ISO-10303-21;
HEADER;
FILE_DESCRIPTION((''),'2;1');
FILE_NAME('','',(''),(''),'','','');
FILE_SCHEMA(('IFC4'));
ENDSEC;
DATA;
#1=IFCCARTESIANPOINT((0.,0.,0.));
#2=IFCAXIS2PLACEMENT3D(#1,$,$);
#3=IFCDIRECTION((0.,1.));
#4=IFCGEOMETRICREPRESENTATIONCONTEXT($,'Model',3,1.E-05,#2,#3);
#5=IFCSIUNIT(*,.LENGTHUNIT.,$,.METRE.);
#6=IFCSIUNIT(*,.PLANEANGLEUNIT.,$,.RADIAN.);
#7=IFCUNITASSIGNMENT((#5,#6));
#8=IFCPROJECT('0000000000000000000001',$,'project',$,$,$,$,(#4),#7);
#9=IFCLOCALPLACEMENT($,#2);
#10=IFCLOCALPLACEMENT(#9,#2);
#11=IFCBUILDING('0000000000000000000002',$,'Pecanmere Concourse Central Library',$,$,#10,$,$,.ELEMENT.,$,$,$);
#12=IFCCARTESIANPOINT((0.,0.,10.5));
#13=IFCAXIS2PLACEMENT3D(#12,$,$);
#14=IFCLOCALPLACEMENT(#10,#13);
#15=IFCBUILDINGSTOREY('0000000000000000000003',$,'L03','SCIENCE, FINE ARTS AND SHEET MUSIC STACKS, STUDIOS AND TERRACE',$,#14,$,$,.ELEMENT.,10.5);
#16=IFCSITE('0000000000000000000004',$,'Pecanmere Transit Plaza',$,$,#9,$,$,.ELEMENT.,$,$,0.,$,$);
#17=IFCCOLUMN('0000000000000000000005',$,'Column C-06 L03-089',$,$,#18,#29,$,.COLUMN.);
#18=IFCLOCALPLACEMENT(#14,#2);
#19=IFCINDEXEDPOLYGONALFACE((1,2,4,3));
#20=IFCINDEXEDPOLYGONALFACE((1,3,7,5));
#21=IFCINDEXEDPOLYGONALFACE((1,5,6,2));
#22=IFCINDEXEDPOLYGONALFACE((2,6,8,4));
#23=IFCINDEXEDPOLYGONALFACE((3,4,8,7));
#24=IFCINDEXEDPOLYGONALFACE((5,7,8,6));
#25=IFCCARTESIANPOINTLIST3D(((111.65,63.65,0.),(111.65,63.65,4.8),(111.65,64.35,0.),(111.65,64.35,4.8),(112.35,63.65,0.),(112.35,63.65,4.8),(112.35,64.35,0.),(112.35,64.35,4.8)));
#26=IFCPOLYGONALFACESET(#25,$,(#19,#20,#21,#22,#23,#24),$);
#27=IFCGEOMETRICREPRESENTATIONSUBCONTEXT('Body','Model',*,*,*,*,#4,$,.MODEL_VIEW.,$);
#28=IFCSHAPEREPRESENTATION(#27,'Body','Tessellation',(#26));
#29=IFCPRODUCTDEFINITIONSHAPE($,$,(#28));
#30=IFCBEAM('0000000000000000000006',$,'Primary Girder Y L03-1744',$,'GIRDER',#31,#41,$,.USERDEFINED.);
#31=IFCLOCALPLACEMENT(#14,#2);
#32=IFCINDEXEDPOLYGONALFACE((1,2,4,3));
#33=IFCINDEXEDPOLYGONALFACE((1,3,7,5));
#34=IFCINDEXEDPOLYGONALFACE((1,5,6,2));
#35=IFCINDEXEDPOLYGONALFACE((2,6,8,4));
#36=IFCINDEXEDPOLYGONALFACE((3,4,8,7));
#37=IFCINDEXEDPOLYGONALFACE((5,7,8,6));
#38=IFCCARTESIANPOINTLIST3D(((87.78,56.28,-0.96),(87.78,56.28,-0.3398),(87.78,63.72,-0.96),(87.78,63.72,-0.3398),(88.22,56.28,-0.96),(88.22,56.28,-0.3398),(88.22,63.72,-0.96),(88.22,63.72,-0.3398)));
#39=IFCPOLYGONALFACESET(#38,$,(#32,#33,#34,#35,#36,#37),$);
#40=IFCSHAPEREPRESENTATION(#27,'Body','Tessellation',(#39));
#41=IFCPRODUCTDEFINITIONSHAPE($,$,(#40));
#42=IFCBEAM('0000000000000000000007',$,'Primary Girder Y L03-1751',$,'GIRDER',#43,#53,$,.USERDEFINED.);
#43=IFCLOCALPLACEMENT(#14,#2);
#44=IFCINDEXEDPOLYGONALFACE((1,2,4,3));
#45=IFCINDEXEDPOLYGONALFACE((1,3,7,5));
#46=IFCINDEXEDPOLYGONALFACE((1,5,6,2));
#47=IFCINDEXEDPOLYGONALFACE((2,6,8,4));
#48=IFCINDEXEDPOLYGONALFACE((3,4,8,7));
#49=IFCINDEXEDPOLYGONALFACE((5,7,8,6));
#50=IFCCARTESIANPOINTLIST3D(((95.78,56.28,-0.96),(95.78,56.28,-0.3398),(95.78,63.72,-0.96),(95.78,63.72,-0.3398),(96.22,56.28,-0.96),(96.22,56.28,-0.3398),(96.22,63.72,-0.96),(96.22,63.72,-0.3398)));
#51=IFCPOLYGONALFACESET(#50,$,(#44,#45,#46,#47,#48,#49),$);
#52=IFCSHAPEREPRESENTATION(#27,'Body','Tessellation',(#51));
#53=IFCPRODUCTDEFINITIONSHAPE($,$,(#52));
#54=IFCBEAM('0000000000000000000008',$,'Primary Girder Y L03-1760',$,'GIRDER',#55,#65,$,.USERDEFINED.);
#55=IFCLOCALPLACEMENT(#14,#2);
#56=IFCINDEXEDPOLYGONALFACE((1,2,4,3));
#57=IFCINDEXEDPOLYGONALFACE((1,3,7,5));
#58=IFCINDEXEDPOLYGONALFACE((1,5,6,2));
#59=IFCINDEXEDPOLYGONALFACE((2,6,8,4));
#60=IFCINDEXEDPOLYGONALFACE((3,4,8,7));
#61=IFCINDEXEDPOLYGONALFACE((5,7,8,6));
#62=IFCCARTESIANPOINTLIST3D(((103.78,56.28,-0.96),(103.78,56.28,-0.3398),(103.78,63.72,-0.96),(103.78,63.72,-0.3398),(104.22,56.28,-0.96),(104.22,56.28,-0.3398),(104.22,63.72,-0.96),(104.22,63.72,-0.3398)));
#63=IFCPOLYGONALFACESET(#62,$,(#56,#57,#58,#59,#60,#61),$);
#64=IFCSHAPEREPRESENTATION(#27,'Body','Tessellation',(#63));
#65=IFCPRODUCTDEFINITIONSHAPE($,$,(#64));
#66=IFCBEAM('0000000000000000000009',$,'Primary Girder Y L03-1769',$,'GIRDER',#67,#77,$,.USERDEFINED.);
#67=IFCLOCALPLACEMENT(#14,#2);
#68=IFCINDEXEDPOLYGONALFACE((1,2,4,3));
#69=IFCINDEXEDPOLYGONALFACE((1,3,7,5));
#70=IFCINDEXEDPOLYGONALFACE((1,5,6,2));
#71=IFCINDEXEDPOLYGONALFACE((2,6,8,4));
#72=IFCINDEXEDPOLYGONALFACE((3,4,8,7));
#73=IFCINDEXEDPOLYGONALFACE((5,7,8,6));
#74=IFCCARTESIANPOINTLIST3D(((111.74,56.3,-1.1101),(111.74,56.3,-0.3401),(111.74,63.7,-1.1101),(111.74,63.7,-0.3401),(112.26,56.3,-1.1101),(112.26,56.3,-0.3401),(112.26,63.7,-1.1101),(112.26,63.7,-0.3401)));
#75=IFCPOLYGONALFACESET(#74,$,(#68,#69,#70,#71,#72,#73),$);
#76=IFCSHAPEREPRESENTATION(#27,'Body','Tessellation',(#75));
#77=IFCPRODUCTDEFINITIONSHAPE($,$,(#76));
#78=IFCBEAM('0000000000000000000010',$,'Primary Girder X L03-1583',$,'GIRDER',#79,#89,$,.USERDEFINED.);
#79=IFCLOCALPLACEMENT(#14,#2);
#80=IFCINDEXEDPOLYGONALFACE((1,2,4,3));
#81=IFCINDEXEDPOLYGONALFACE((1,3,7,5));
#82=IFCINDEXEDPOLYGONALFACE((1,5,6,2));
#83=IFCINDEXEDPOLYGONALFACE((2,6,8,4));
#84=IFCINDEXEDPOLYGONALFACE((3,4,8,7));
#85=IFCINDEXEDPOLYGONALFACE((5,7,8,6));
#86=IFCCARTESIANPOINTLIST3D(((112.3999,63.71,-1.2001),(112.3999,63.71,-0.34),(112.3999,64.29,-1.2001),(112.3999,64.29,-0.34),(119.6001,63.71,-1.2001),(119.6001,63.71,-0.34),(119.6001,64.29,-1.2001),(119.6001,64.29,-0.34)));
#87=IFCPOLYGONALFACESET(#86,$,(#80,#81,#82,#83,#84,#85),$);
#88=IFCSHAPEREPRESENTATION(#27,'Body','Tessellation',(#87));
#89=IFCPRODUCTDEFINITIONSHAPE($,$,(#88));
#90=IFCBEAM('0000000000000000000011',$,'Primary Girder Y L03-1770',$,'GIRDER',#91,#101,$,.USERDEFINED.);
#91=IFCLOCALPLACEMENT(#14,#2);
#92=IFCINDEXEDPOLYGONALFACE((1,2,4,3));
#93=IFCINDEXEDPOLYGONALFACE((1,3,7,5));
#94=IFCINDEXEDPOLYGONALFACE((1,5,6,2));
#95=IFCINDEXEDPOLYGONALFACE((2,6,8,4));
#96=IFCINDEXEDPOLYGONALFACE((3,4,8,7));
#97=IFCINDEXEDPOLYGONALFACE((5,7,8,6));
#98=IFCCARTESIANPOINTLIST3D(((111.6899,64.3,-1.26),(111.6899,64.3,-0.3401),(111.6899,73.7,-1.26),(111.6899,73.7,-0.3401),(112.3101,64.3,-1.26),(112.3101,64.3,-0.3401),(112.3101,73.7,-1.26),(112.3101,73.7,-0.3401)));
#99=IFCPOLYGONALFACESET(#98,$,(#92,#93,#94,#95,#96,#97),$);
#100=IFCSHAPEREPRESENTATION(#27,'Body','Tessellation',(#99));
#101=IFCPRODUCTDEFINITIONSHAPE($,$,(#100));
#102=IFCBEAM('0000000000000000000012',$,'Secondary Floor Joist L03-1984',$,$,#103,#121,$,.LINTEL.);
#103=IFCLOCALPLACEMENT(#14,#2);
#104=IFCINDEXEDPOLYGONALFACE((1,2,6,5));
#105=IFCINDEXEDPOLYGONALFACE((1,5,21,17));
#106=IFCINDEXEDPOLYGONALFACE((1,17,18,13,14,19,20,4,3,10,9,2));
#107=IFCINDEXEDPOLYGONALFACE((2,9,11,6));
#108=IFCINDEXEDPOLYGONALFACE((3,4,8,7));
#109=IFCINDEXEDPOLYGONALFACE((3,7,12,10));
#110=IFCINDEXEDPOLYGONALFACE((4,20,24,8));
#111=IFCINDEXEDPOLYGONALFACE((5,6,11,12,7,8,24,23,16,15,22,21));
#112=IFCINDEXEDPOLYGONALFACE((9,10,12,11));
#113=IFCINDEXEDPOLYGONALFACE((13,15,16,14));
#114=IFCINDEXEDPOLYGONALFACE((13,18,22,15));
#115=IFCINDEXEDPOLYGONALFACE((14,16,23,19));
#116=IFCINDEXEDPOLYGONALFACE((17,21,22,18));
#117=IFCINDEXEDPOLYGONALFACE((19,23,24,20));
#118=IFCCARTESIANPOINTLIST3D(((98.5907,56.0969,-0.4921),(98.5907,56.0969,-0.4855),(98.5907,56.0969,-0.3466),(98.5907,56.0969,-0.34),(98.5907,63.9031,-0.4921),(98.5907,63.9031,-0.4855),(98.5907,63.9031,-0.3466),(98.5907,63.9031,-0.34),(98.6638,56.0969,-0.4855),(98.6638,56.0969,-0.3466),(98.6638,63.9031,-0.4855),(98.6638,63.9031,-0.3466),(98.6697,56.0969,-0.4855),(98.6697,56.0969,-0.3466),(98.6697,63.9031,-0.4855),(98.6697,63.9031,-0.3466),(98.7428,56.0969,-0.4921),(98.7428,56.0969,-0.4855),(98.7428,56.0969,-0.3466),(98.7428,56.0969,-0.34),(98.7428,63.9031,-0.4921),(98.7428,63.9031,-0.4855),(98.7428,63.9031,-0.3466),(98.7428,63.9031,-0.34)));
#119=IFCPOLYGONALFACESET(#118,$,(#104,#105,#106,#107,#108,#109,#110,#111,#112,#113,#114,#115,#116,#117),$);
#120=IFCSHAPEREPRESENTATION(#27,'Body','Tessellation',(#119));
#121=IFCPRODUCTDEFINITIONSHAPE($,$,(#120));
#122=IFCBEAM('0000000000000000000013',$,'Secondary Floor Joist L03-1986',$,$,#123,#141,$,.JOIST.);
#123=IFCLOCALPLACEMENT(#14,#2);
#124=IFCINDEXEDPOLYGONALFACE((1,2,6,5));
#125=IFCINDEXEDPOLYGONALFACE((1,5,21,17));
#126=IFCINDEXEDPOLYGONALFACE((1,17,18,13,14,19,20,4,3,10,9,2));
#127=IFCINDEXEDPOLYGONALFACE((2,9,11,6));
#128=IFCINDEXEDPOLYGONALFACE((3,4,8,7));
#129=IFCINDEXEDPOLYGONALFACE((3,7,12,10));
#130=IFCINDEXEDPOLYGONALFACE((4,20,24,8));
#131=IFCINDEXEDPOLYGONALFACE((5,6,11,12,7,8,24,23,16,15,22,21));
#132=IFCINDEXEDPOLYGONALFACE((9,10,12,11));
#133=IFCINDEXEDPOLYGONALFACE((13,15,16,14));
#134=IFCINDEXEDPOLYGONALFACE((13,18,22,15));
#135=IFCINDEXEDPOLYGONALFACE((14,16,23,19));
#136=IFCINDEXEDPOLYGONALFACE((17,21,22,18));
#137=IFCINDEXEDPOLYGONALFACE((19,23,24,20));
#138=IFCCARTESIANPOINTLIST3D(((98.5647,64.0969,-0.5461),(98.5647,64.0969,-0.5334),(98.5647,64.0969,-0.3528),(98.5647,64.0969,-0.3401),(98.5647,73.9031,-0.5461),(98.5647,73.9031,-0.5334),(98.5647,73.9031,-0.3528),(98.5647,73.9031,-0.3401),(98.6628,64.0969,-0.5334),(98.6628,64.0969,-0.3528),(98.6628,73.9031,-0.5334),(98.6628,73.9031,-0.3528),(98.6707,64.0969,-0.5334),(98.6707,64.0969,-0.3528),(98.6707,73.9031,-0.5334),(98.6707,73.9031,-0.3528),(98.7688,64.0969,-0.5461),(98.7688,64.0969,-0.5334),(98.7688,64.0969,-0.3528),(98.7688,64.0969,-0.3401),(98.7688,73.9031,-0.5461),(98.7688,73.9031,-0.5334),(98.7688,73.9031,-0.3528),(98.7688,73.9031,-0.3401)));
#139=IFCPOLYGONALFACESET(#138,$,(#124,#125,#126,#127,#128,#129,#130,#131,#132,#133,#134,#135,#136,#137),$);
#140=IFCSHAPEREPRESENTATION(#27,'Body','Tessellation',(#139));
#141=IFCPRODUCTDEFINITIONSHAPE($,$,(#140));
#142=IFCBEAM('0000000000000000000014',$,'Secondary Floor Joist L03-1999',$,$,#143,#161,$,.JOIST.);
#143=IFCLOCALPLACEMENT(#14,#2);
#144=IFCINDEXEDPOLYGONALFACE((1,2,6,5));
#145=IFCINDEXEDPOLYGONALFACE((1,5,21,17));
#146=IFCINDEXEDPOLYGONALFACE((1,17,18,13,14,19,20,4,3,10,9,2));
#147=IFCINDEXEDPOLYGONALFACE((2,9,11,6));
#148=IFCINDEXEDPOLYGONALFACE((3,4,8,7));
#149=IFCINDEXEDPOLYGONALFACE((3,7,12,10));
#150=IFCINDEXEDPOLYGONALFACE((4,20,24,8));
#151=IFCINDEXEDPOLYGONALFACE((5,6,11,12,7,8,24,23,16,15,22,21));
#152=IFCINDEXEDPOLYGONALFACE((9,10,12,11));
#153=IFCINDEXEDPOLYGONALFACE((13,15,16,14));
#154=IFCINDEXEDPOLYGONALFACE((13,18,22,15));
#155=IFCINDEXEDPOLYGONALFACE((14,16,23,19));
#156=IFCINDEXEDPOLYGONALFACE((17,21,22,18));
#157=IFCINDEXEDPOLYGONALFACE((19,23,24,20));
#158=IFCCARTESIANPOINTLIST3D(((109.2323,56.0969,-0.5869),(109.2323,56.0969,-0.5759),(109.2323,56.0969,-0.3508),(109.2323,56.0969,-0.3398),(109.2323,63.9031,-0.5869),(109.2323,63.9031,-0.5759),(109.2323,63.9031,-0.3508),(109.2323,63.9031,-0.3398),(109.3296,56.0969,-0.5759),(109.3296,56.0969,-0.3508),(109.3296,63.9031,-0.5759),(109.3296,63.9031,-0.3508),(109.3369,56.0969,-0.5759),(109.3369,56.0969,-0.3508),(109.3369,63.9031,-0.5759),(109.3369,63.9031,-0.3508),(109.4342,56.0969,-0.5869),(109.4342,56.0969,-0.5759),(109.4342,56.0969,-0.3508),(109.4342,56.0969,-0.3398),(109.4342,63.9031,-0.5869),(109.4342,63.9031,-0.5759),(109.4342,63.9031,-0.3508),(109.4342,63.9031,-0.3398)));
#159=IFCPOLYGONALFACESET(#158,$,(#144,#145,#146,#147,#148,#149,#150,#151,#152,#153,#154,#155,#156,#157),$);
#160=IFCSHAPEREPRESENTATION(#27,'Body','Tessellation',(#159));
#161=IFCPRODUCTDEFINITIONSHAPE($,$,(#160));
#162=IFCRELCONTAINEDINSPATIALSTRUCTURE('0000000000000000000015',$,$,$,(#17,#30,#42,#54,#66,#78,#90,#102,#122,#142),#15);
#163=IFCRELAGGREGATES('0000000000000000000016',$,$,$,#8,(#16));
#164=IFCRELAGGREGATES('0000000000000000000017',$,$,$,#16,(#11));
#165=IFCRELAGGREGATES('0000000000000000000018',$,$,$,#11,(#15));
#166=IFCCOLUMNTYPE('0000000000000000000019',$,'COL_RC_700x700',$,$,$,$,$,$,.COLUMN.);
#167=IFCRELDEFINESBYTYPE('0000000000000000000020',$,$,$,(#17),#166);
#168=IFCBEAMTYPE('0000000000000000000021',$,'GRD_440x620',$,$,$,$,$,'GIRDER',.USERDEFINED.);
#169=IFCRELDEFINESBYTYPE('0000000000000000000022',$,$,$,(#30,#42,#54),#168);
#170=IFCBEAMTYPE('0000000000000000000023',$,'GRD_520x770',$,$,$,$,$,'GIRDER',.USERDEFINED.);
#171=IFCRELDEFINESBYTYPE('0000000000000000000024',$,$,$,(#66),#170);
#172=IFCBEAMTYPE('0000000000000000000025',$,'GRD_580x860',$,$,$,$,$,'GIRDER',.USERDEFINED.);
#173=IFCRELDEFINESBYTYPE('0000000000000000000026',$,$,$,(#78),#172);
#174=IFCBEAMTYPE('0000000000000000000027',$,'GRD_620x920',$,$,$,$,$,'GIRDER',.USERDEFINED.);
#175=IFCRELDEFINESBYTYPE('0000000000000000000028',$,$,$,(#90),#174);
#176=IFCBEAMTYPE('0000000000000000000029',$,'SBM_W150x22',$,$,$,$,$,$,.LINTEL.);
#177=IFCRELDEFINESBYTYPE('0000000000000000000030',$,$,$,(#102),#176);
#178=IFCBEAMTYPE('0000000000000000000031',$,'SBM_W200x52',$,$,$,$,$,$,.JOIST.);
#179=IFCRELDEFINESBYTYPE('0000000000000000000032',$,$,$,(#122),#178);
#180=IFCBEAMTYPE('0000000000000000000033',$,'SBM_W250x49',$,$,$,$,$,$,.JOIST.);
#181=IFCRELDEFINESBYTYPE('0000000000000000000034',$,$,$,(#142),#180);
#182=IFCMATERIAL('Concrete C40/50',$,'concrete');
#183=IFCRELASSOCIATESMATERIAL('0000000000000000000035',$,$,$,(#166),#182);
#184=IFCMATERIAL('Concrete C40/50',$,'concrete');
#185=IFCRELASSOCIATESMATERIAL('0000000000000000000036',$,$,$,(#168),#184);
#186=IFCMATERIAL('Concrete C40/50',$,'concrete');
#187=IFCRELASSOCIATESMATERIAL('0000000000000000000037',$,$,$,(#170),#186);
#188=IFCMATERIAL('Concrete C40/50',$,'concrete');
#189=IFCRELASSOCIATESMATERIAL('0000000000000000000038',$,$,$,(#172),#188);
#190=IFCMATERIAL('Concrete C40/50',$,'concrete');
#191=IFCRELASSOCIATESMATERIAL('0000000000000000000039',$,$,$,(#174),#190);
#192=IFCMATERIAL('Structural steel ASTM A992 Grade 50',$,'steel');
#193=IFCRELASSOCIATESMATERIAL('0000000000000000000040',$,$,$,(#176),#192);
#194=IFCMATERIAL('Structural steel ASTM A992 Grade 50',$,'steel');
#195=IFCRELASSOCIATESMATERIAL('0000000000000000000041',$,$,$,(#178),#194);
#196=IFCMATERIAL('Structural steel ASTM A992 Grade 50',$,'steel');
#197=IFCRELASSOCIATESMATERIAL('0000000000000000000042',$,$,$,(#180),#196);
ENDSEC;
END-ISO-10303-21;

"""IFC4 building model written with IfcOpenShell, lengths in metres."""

from ifc_helpers import new_model, si_unit, direction, frame, origin, origin_2d, place, context, subcontext, project, spatial, rectangle, i_section, extrude, material, material_profile, profile_set, type_object, element, save


model = new_model("IFC4")

# Units and contexts
model_context = context("Model", 3, precision=1e-05, world=origin(), true_north=direction((0.0, 1.0)))
body_context = subcontext(model_context, "Body", "Model", "MODEL_VIEW")
ifc_project = project(units=[si_unit("LENGTHUNIT", "METRE"), si_unit("PLANEANGLEUNIT", "RADIAN")], contexts=[model_context])

# Site, building, storey
site_placement = place(None, origin())
site = spatial("IfcSite", under=ifc_project, at=site_placement, Name="Pecanmere Transit Plaza", CompositionType="ELEMENT", RefElevation=0.0)
building_placement = place(site_placement, origin())
building = spatial("IfcBuilding", under=site, at=building_placement, Name="Pecanmere Concourse Central Library", CompositionType="ELEMENT")
storey_placement = place(building_placement, frame((0.0, 0.0, 10.5)))
storey = spatial("IfcBuildingStorey", under=building, at=storey_placement, Name="L03", Description="SCIENCE, FINE ARTS AND SHEET MUSIC STACKS, STUDIOS AND TERRACE", CompositionType="ELEMENT", Elevation=10.5)

# Column
ifc_material_1 = material(Name="Concrete C40/50", Category="concrete")
ifc_material_profile_1 = material_profile(ifc_material_1, rectangle(XDim=0.7, YDim=0.7, at=origin_2d()), Name="RC 700x700")
ifc_profile_set_1 = profile_set([ifc_material_profile_1], Name="Concrete C40/50")
column_type = type_object("IfcColumnType", Name="COL_RC_700x700", PredefinedType="COLUMN", material=ifc_profile_set_1)
column_placement = place(storey_placement, frame((112.0, 64.0, 0.0), z_axis=(0.0, 0.0, 1.0), x_axis=(1.0, 0.0, 0.0)))
element("IfcColumn", 1, at=column_placement, inside=storey, type_object=column_type, Name="Column C-06 L03-089", PredefinedType="COLUMN", context=body_context, shape_type="SweptSolid", body=[
    extrude(rectangle(XDim=0.7, YDim=0.7, at=origin_2d()), origin(), (0.0, 0.0, 1.0), 4.8),
])

# Beams
ifc_material_2 = material(Name="Concrete C40/50", Category="concrete")
ifc_material_profile_2 = material_profile(ifc_material_2, rectangle(XDim=0.4399, YDim=0.6201, at=origin_2d()), Name="RC 440x620")
ifc_profile_set_2 = profile_set([ifc_material_profile_2], Name="Concrete C40/50")
beam_type_1 = type_object("IfcBeamType", Name="GRD_440x620", ElementType="GIRDER", PredefinedType="USERDEFINED", material=ifc_profile_set_2)
for number, where, z_axis, x_axis, name in (
    (2, (88.0, 56.28, -0.6499), (0.0, 1.0, 0.0), (-1.0, 0.0, 0.0), "Primary Girder Y L03-1744"),
    (3, (96.0, 56.28, -0.6499), (0.0, 1.0, 0.0), (-1.0, 0.0, 0.0), "Primary Girder Y L03-1751"),
    (4, (104.0, 56.28, -0.6499), (0.0, 1.0, 0.0), (-1.0, 0.0, 0.0), "Primary Girder Y L03-1760"),
):
    element("IfcBeam", number, at=place(storey_placement, frame(where, z_axis=z_axis, x_axis=x_axis)), inside=storey, type_object=beam_type_1, Name=name, ObjectType="GIRDER", PredefinedType="USERDEFINED", context=body_context, shape_type="SweptSolid", body=[
        extrude(rectangle(XDim=0.4399, YDim=0.6201, at=origin_2d()), origin(), (0.0, 0.0, 1.0), 7.4399),
    ])
ifc_material_3 = material(Name="Concrete C40/50", Category="concrete")
ifc_material_profile_3 = material_profile(ifc_material_3, rectangle(XDim=0.52, YDim=0.77, at=origin_2d()), Name="RC 520x770")
ifc_profile_set_3 = profile_set([ifc_material_profile_3], Name="Concrete C40/50")
beam_type_2 = type_object("IfcBeamType", Name="GRD_520x770", ElementType="GIRDER", PredefinedType="USERDEFINED", material=ifc_profile_set_3)
beam_1_placement = place(storey_placement, frame((112.0, 56.3, -0.7251), z_axis=(0.0, 1.0, 0.0), x_axis=(-1.0, 0.0, 0.0)))
element("IfcBeam", 5, at=beam_1_placement, inside=storey, type_object=beam_type_2, Name="Primary Girder Y L03-1769", ObjectType="GIRDER", PredefinedType="USERDEFINED", context=body_context, shape_type="SweptSolid", body=[
    extrude(rectangle(XDim=0.52, YDim=0.77, at=origin_2d()), origin(), (0.0, 0.0, 1.0), 7.3999),
])
ifc_material_4 = material(Name="Concrete C40/50", Category="concrete")
ifc_material_profile_4 = material_profile(ifc_material_4, rectangle(XDim=0.5801, YDim=0.8601, at=origin_2d()), Name="RC 580x860")
ifc_profile_set_4 = profile_set([ifc_material_profile_4], Name="Concrete C40/50")
beam_type_3 = type_object("IfcBeamType", Name="GRD_580x860", ElementType="GIRDER", PredefinedType="USERDEFINED", material=ifc_profile_set_4)
beam_2_placement = place(storey_placement, frame((112.3999, 64.0, -0.77), z_axis=(1.0, 0.0, 0.0), x_axis=(0.0, 1.0, 0.0)))
element("IfcBeam", 6, at=beam_2_placement, inside=storey, type_object=beam_type_3, Name="Primary Girder X L03-1583", ObjectType="GIRDER", PredefinedType="USERDEFINED", context=body_context, shape_type="SweptSolid", body=[
    extrude(rectangle(XDim=0.5801, YDim=0.8601, at=origin_2d()), origin(), (0.0, 0.0, 1.0), 7.2002),
])
ifc_material_5 = material(Name="Concrete C40/50", Category="concrete")
ifc_material_profile_5 = material_profile(ifc_material_5, rectangle(XDim=0.6201, YDim=0.9199, at=origin_2d()), Name="RC 620x920")
ifc_profile_set_5 = profile_set([ifc_material_profile_5], Name="Concrete C40/50")
beam_type_4 = type_object("IfcBeamType", Name="GRD_620x920", ElementType="GIRDER", PredefinedType="USERDEFINED", material=ifc_profile_set_5)
beam_3_placement = place(storey_placement, frame((112.0, 64.3, -0.8), z_axis=(0.0, 1.0, 0.0), x_axis=(-1.0, 0.0, 0.0)))
element("IfcBeam", 7, at=beam_3_placement, inside=storey, type_object=beam_type_4, Name="Primary Girder Y L03-1770", ObjectType="GIRDER", PredefinedType="USERDEFINED", context=body_context, shape_type="SweptSolid", body=[
    extrude(rectangle(XDim=0.6201, YDim=0.9199, at=origin_2d()), origin(), (0.0, 0.0, 1.0), 9.3999),
])
ifc_material_6 = material(Name="Structural steel ASTM A992 Grade 50", Category="steel")
ifc_material_profile_6 = material_profile(ifc_material_6, i_section(OverallWidth=0.1521, OverallDepth=0.1521, WebThickness=0.0059, FlangeThickness=0.0066, at=origin_2d()), Name="W150x22.5")
ifc_profile_set_6 = profile_set([ifc_material_profile_6], Name="Structural steel ASTM A992 Grade 50")
beam_type_5 = type_object("IfcBeamType", Name="SBM_W150x22", PredefinedType="LINTEL", material=ifc_profile_set_6)
beam_4_placement = place(storey_placement, frame((98.6667, 56.0969, -0.416), z_axis=(0.0, 1.0, 0.0), x_axis=(-1.0, 0.0, 0.0)))
element("IfcBeam", 8, at=beam_4_placement, inside=storey, type_object=beam_type_5, Name="Secondary Floor Joist L03-1984", PredefinedType="LINTEL", context=body_context, shape_type="SweptSolid", body=[
    extrude(i_section(OverallWidth=0.1521, OverallDepth=0.1521, WebThickness=0.0059, FlangeThickness=0.0066, at=origin_2d()), origin(), (0.0, 0.0, 1.0), 7.8062),
])
ifc_material_7 = material(Name="Structural steel ASTM A992 Grade 50", Category="steel")
ifc_material_profile_7 = material_profile(ifc_material_7, i_section(OverallWidth=0.2041, OverallDepth=0.2061, WebThickness=0.0078, FlangeThickness=0.0127, at=origin_2d()), Name="W200x52")
ifc_profile_set_7 = profile_set([ifc_material_profile_7], Name="Structural steel ASTM A992 Grade 50")
beam_type_6 = type_object("IfcBeamType", Name="SBM_W200x52", PredefinedType="JOIST", material=ifc_profile_set_7)
beam_5_placement = place(storey_placement, frame((98.6667, 64.0969, -0.4431), z_axis=(0.0, 1.0, 0.0), x_axis=(-1.0, 0.0, 0.0)))
element("IfcBeam", 9, at=beam_5_placement, inside=storey, type_object=beam_type_6, Name="Secondary Floor Joist L03-1986", PredefinedType="JOIST", context=body_context, shape_type="SweptSolid", body=[
    extrude(i_section(OverallWidth=0.2041, OverallDepth=0.2061, WebThickness=0.0078, FlangeThickness=0.0127, at=origin_2d()), origin(), (0.0, 0.0, 1.0), 9.8062),
])
ifc_material_8 = material(Name="Structural steel ASTM A992 Grade 50", Category="steel")
ifc_material_profile_8 = material_profile(ifc_material_8, i_section(OverallWidth=0.2019, OverallDepth=0.2471, WebThickness=0.0073, FlangeThickness=0.011, at=origin_2d()), Name="W250x49.1")
ifc_profile_set_8 = profile_set([ifc_material_profile_8], Name="Structural steel ASTM A992 Grade 50")
beam_type_7 = type_object("IfcBeamType", Name="SBM_W250x49", PredefinedType="JOIST", material=ifc_profile_set_8)
beam_6_placement = place(storey_placement, frame((109.3333, 56.0969, -0.4634), z_axis=(0.0, 1.0, 0.0), x_axis=(-1.0, 0.0, 0.0)))
element("IfcBeam", 10, at=beam_6_placement, inside=storey, type_object=beam_type_7, Name="Secondary Floor Joist L03-1999", PredefinedType="JOIST", context=body_context, shape_type="SweptSolid", body=[
    extrude(i_section(OverallWidth=0.2019, OverallDepth=0.2471, WebThickness=0.0073, FlangeThickness=0.011, at=origin_2d()), origin(), (0.0, 0.0, 1.0), 7.8062),
])

save(model, "model.ifc")
